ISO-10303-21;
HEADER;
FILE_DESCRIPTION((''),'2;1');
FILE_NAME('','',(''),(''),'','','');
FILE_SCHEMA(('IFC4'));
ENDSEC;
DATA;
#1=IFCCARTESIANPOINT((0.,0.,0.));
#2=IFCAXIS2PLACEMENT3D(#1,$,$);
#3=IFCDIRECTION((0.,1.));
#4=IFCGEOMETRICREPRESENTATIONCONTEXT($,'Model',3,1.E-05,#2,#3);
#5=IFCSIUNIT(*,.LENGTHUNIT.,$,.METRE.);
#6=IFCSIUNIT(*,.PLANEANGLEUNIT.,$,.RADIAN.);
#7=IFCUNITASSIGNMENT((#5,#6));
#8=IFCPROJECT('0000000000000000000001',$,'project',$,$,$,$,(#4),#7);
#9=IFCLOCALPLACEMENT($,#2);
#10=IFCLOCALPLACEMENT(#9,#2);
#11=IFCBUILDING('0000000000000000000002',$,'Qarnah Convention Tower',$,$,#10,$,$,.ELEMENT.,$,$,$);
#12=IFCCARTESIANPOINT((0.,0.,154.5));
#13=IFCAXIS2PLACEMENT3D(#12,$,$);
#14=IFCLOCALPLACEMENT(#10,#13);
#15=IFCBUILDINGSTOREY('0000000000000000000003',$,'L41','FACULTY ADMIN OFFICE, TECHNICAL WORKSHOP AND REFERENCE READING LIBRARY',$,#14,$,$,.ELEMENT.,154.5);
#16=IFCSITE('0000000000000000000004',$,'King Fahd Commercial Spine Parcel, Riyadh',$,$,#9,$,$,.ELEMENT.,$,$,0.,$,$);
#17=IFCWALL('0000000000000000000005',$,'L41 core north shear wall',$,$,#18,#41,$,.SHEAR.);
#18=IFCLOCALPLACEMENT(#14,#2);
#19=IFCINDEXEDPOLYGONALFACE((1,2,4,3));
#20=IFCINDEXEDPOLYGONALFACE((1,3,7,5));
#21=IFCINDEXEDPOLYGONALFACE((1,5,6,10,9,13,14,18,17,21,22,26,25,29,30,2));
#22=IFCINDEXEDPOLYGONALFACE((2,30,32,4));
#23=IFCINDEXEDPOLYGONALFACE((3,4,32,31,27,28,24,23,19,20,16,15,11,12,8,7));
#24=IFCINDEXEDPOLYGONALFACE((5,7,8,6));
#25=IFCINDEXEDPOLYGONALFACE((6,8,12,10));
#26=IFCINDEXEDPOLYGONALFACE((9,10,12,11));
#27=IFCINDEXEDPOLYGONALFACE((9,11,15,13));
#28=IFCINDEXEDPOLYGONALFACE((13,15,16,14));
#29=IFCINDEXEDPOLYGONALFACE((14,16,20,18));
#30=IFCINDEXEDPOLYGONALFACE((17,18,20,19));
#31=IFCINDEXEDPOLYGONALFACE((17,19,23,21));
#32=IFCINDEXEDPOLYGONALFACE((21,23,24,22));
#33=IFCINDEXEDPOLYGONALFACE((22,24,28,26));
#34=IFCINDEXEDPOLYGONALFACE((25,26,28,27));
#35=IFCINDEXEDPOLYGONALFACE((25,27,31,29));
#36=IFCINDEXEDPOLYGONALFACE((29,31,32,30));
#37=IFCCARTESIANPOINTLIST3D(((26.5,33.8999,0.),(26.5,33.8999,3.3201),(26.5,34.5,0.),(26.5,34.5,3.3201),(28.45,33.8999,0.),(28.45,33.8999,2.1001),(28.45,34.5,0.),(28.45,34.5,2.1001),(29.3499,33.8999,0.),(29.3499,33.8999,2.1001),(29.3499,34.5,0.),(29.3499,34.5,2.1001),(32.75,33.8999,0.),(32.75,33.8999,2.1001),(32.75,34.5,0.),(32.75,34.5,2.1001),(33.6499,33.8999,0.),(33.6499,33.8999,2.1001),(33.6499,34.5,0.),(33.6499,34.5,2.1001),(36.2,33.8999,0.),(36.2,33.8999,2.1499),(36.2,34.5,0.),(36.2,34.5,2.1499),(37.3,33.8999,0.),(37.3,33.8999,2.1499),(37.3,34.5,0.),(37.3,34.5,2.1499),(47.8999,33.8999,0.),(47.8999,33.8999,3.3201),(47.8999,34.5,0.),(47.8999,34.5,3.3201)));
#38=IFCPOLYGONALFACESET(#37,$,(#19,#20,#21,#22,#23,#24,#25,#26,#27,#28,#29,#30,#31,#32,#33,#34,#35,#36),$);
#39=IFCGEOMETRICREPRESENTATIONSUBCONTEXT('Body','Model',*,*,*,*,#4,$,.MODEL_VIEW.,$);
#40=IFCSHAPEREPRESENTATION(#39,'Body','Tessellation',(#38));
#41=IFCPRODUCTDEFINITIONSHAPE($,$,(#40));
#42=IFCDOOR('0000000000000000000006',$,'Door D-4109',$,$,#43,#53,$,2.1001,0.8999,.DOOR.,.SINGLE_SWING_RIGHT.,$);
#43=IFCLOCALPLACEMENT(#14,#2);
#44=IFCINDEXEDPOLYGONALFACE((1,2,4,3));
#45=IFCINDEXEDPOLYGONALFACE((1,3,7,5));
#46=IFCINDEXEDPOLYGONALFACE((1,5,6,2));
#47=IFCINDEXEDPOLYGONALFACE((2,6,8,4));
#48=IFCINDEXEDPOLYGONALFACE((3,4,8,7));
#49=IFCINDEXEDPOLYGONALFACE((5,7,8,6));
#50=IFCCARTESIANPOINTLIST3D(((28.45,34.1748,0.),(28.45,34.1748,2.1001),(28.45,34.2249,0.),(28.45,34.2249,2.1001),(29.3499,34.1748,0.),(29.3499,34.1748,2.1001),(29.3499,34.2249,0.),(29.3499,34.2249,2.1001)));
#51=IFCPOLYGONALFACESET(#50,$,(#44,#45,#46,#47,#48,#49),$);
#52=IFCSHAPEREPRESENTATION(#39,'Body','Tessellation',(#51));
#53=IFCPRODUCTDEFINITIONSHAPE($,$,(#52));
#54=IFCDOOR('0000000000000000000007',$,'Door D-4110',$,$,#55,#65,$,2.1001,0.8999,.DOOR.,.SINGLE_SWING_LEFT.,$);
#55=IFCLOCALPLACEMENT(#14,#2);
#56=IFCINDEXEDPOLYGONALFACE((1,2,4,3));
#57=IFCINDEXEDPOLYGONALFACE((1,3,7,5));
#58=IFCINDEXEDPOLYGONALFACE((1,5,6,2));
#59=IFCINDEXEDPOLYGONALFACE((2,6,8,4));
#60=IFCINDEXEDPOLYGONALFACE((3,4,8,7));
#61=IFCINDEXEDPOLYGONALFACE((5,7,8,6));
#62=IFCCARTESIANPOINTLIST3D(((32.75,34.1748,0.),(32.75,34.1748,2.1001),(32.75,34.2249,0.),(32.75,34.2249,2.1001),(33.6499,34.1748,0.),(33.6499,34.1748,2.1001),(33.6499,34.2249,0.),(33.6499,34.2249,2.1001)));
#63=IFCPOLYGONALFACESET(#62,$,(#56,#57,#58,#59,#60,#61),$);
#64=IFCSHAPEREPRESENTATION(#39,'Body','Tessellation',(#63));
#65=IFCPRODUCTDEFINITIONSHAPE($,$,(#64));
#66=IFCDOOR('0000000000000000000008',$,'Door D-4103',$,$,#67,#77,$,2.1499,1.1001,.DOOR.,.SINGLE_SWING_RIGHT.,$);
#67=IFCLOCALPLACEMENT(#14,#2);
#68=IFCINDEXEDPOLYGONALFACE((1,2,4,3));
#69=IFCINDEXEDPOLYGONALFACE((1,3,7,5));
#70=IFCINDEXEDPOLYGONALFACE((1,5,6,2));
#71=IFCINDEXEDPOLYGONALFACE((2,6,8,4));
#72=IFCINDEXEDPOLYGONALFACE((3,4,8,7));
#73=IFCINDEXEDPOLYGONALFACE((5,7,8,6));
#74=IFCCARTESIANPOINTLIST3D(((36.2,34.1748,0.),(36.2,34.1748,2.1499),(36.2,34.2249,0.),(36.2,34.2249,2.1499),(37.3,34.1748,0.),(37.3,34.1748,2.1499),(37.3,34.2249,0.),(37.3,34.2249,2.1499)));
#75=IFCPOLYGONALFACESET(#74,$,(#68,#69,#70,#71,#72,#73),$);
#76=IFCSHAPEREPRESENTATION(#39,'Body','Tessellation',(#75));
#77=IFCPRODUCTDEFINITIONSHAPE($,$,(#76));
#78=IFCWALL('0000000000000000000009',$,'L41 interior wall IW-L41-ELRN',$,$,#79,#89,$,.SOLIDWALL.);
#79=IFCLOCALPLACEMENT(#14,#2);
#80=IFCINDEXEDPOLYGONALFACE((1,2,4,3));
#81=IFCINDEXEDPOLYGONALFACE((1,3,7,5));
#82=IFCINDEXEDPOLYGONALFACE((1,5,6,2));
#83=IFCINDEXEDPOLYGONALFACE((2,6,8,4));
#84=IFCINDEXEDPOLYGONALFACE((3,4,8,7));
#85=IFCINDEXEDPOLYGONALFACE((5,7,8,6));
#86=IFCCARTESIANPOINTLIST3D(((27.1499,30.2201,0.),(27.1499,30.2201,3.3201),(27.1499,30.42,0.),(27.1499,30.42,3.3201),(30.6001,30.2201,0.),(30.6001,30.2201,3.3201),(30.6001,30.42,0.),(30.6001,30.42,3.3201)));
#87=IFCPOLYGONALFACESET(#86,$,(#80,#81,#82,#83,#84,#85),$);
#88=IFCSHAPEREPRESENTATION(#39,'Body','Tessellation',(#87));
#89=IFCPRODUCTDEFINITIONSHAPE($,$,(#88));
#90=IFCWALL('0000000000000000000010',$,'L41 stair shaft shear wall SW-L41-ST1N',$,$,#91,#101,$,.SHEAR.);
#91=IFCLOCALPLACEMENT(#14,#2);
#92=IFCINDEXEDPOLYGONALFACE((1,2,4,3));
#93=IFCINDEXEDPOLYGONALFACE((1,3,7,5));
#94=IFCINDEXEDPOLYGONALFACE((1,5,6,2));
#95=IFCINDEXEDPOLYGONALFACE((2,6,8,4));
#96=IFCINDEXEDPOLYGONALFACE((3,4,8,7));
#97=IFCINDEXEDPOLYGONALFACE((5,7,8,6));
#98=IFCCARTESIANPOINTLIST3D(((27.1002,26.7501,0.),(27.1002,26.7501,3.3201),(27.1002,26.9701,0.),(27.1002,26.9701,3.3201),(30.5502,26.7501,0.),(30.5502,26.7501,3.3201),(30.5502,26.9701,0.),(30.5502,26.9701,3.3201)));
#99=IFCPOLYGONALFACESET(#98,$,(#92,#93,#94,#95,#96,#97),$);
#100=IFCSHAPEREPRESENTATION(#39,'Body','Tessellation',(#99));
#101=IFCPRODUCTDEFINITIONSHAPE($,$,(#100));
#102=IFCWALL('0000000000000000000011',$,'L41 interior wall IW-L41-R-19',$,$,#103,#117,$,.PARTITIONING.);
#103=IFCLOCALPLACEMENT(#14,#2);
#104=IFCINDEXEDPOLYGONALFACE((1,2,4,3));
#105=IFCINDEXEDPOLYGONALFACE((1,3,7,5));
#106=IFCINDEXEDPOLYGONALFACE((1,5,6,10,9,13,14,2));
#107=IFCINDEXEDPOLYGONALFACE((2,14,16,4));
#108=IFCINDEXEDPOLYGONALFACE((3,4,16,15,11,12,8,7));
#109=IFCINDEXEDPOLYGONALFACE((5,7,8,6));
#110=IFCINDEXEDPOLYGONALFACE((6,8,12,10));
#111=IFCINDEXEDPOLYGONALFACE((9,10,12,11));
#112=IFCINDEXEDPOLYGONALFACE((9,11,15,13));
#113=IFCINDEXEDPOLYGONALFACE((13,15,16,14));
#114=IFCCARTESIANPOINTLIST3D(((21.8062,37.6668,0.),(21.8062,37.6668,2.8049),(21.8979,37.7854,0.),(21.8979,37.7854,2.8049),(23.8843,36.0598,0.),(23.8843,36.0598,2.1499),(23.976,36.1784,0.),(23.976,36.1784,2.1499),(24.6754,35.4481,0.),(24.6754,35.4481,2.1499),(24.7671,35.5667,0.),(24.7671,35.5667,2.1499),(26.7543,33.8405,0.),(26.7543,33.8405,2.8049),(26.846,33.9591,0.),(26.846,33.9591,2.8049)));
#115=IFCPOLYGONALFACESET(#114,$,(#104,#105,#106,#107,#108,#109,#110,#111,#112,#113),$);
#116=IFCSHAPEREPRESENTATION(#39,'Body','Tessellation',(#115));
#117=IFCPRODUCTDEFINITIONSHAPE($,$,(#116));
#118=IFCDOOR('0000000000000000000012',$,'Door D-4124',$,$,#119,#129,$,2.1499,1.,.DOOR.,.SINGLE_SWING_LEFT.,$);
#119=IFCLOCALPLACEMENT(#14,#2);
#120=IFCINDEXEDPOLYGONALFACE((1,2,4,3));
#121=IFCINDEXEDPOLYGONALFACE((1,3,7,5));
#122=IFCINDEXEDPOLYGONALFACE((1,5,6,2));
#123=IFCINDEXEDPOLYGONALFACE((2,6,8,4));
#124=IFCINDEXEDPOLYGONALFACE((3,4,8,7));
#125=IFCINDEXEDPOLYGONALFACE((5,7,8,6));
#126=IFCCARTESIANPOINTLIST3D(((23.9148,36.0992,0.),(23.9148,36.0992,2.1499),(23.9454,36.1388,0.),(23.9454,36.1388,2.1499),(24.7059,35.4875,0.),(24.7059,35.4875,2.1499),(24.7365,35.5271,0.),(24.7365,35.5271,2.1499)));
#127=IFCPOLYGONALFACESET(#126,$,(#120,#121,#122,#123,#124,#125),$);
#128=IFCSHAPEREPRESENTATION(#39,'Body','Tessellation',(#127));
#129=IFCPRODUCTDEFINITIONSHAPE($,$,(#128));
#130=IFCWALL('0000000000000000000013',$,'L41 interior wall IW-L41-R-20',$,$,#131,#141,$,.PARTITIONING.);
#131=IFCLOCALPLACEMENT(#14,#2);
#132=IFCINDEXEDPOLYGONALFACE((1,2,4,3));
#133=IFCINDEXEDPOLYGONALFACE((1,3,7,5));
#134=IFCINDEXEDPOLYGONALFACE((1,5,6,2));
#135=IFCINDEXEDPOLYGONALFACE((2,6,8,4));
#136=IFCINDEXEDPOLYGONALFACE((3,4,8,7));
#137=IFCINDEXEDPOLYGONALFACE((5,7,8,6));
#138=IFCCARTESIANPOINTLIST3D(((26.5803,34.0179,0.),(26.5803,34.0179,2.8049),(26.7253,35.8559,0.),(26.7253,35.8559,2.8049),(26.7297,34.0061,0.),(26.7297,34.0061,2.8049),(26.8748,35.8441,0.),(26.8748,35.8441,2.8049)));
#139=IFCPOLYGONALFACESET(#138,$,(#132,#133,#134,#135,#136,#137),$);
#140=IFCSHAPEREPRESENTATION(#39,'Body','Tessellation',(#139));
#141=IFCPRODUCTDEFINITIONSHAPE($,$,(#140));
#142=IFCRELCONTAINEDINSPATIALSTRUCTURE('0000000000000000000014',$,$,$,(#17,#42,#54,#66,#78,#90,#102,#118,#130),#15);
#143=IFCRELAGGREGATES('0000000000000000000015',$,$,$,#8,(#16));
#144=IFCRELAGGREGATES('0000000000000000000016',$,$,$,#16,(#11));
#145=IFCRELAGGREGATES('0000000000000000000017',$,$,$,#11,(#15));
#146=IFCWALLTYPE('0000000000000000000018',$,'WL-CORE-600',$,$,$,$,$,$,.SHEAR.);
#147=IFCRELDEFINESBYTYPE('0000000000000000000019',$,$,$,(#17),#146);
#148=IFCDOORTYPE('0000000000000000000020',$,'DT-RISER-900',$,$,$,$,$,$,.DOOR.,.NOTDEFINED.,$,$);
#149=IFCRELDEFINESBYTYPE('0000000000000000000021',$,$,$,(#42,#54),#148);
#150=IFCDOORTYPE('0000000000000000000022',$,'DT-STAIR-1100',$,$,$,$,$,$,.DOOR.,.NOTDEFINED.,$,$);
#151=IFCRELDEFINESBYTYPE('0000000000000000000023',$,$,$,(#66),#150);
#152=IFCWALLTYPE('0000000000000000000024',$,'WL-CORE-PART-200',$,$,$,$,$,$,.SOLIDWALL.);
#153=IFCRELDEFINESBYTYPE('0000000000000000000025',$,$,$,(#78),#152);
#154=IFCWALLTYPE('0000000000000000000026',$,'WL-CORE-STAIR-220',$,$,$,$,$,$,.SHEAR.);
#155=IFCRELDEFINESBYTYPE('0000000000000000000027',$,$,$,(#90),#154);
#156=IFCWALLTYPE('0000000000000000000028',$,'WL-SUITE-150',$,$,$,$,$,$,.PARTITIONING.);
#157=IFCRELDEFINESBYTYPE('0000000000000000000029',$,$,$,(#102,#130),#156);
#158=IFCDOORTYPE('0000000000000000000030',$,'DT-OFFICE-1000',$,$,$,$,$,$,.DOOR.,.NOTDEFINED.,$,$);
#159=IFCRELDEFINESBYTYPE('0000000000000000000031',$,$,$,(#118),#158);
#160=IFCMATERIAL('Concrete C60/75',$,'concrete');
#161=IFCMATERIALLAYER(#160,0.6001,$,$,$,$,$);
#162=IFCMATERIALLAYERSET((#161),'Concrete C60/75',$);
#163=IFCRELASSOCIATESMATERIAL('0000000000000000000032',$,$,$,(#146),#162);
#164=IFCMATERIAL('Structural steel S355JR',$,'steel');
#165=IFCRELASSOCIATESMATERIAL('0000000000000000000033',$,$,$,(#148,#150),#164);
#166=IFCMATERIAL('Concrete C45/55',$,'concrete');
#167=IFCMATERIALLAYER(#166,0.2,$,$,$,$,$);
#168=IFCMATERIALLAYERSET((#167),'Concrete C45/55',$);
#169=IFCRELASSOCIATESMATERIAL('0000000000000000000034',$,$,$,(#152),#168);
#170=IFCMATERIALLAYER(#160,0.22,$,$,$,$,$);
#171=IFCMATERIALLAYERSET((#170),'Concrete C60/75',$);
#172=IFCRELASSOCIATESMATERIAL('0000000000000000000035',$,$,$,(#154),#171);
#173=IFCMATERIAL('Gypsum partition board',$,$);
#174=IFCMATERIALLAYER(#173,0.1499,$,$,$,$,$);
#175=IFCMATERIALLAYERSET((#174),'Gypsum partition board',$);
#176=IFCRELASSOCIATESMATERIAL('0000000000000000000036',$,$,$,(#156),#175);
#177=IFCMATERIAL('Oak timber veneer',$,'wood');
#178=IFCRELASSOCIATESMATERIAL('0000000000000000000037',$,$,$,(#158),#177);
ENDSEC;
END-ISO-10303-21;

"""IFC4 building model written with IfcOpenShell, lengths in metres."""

from ifc_helpers import new_model, si_unit, direction, frame, frame_2d, origin, place, context, subcontext, project, spatial, rectangle, extrude, material, layer, layer_set, type_object, element, fill, save


model = new_model("IFC4")

# Units and contexts
model_context = context("Model", 3, precision=1e-05, world=origin(), true_north=direction((0.0, 1.0)))
body_context = subcontext(model_context, "Body", "Model", "MODEL_VIEW")
ifc_project = project(units=[si_unit("LENGTHUNIT", "METRE"), si_unit("PLANEANGLEUNIT", "RADIAN")], contexts=[model_context])

# Site, building, storey
site_placement = place(None, origin())
site = spatial("IfcSite", under=ifc_project, at=site_placement, Name="King Fahd Commercial Spine Parcel, Riyadh", CompositionType="ELEMENT", RefElevation=0.0)
building_placement = place(site_placement, origin())
building = spatial("IfcBuilding", under=site, at=building_placement, Name="Qarnah Convention Tower", CompositionType="ELEMENT")
storey_placement = place(building_placement, frame((0.0, 0.0, 154.5)))
storey = spatial("IfcBuildingStorey", under=building, at=storey_placement, Name="L41", Description="FACULTY ADMIN OFFICE, TECHNICAL WORKSHOP AND REFERENCE READING LIBRARY", CompositionType="ELEMENT", Elevation=154.5)

# Shared definitions
ifc_material_1 = material(Name="Concrete C60/75", Category="concrete")

# Shared definitions
ifc_material_2 = material(Name="Structural steel S355JR", Category="steel")

# Wall, openings, doors
ifc_layer_1 = layer(ifc_material_1, 0.6001)
ifc_layer_set_1 = layer_set([ifc_layer_1], Name="Concrete C60/75")
wall_type_1 = type_object("IfcWallType", Name="WL-CORE-600", PredefinedType="SHEAR", material=ifc_layer_set_1)
wall_1_placement = place(storey_placement, frame((26.5, 34.2, 0.0), z_axis=(0.0, 0.0, 1.0), x_axis=(1.0, 0.0, 0.0)))
wall_1 = element("IfcWall", 1, at=wall_1_placement, inside=storey, type_object=wall_type_1, Name="L41 core north shear wall", PredefinedType="SHEAR", context=body_context, shape_type="SweptSolid", body=[
    extrude(rectangle(XDim=21.3999, YDim=0.6001, at=frame_2d((10.7, 0.0))), origin(), (0.0, 0.0, 1.0), 3.3201),
])
opening_1_placement = place(wall_1_placement, frame((9.7, 0.0, 0.0)))
opening_1 = element("IfcOpeningElement", 2, at=opening_1_placement, cuts=wall_1, PredefinedType="OPENING", context=body_context, shape_type="SweptSolid", body=[
    extrude(rectangle(XDim=1.1001, YDim=2.1499, at=frame_2d((0.55, 1.075))), frame((0.0, 0.3101, 0.0), z_axis=(0.0, -1.0, 0.0), x_axis=(1.0, 0.0, 0.0)), (0.0, 0.0, 1.0), 0.6201),
])
opening_2_placement = place(wall_1_placement, frame((1.95, 0.0, 0.0)))
opening_2 = element("IfcOpeningElement", 3, at=opening_2_placement, cuts=wall_1, PredefinedType="OPENING", context=body_context, shape_type="SweptSolid", body=[
    extrude(rectangle(XDim=0.8999, YDim=2.1001, at=frame_2d((0.45, 1.05))), frame((0.0, 0.3101, 0.0), z_axis=(0.0, -1.0, 0.0), x_axis=(1.0, 0.0, 0.0)), (0.0, 0.0, 1.0), 0.6201),
])
opening_3_placement = place(wall_1_placement, frame((6.25, 0.0, 0.0)))
opening_3 = element("IfcOpeningElement", 4, at=opening_3_placement, cuts=wall_1, PredefinedType="OPENING", context=body_context, shape_type="SweptSolid", body=[
    extrude(rectangle(XDim=0.8999, YDim=2.1001, at=frame_2d((0.45, 1.05))), frame((0.0, 0.3101, 0.0), z_axis=(0.0, -1.0, 0.0), x_axis=(1.0, 0.0, 0.0)), (0.0, 0.0, 1.0), 0.6201),
])
door_type_1 = type_object("IfcDoorType", Name="DT-RISER-900", OperationType="NOTDEFINED", PredefinedType="DOOR", material=ifc_material_2)
door_1_placement = place(opening_2_placement, origin())
door_1 = element("IfcDoor", 5, at=door_1_placement, inside=storey, type_object=door_type_1, Name="Door D-4109", OperationType="SINGLE_SWING_RIGHT", OverallHeight=2.1001, OverallWidth=0.8999, PredefinedType="DOOR", context=body_context, shape_type="SweptSolid", body=[
    extrude(rectangle(XDim=0.8999, YDim=2.1001, at=frame_2d((0.45, 1.05))), frame((0.0, 0.0249, 0.0), z_axis=(0.0, -1.0, 0.0), x_axis=(1.0, 0.0, 0.0)), (0.0, 0.0, 1.0), 0.05),
])
fill(opening_2, door_1)
door_2_placement = place(opening_3_placement, origin())
door_2 = element("IfcDoor", 6, at=door_2_placement, inside=storey, type_object=door_type_1, Name="Door D-4110", OperationType="SINGLE_SWING_LEFT", OverallHeight=2.1001, OverallWidth=0.8999, PredefinedType="DOOR", context=body_context, shape_type="SweptSolid", body=[
    extrude(rectangle(XDim=0.8999, YDim=2.1001, at=frame_2d((0.45, 1.05))), frame((0.0, 0.0249, 0.0), z_axis=(0.0, -1.0, 0.0), x_axis=(1.0, 0.0, 0.0)), (0.0, 0.0, 1.0), 0.05),
])
fill(opening_3, door_2)
door_type_2 = type_object("IfcDoorType", Name="DT-STAIR-1100", OperationType="NOTDEFINED", PredefinedType="DOOR", material=ifc_material_2)
door_3_placement = place(opening_1_placement, origin())
door_3 = element("IfcDoor", 7, at=door_3_placement, inside=storey, type_object=door_type_2, Name="Door D-4103", OperationType="SINGLE_SWING_RIGHT", OverallHeight=2.1499, OverallWidth=1.1001, PredefinedType="DOOR", context=body_context, shape_type="SweptSolid", body=[
    extrude(rectangle(XDim=1.1001, YDim=2.1499, at=frame_2d((0.55, 1.075))), frame((0.0, 0.0249, 0.0), z_axis=(0.0, -1.0, 0.0), x_axis=(1.0, 0.0, 0.0)), (0.0, 0.0, 1.0), 0.05),
])
fill(opening_1, door_3)

# Walls
ifc_material_3 = material(Name="Concrete C45/55", Category="concrete")
ifc_layer_2 = layer(ifc_material_3, 0.2)
ifc_layer_set_2 = layer_set([ifc_layer_2], Name="Concrete C45/55")
wall_type_2 = type_object("IfcWallType", Name="WL-CORE-PART-200", PredefinedType="SOLIDWALL", material=ifc_layer_set_2)
wall_2_placement = place(storey_placement, frame((27.1499, 30.3201, 0.0), z_axis=(0.0, 0.0, 1.0), x_axis=(1.0, 0.0, 0.0)))
element("IfcWall", 8, at=wall_2_placement, inside=storey, type_object=wall_type_2, Name="L41 interior wall IW-L41-ELRN", PredefinedType="SOLIDWALL", context=body_context, shape_type="SweptSolid", body=[
    extrude(rectangle(XDim=3.4502, YDim=0.2, at=frame_2d((1.7251, 0.0))), origin(), (0.0, 0.0, 1.0), 3.3201),
])
ifc_layer_3 = layer(ifc_material_1, 0.22)
ifc_layer_set_3 = layer_set([ifc_layer_3], Name="Concrete C60/75")
wall_type_3 = type_object("IfcWallType", Name="WL-CORE-STAIR-220", PredefinedType="SHEAR", material=ifc_layer_set_3)
wall_3_placement = place(storey_placement, frame((27.1001, 26.8601, 0.0), z_axis=(0.0, 0.0, 1.0), x_axis=(1.0, 0.0, 0.0)))
element("IfcWall", 9, at=wall_3_placement, inside=storey, type_object=wall_type_3, Name="L41 stair shaft shear wall SW-L41-ST1N", PredefinedType="SHEAR", context=body_context, shape_type="SweptSolid", body=[
    extrude(rectangle(XDim=3.45, YDim=0.22, at=frame_2d((1.7251, 0.0))), origin(), (0.0, 0.0, 1.0), 3.3201),
])

# Wall, opening, door
ifc_material_4 = material(Name="Gypsum partition board")
ifc_layer_4 = layer(ifc_material_4, 0.1499)
ifc_layer_set_4 = layer_set([ifc_layer_4], Name="Gypsum partition board")
wall_type_4 = type_object("IfcWallType", Name="WL-SUITE-150", PredefinedType="PARTITIONING", material=ifc_layer_set_4)
wall_4_placement = place(storey_placement, frame((21.8521, 37.7261, 0.0), z_axis=(0.0, 0.0, 1.0), x_axis=(0.791075, -0.61172, 0.0)))
wall_4 = element("IfcWall", 10, at=wall_4_placement, inside=storey, type_object=wall_type_4, Name="L41 interior wall IW-L41-R-19", PredefinedType="PARTITIONING", context=body_context, shape_type="SweptSolid", body=[
    extrude(rectangle(XDim=6.2549, YDim=0.1499, at=frame_2d((3.1274, 0.0))), origin(), (0.0, 0.0, 1.0), 2.8049),
])
opening_4_placement = place(wall_4_placement, frame((2.627, 0.0, 0.0)))
opening_4 = element("IfcOpeningElement", 11, at=opening_4_placement, cuts=wall_4, PredefinedType="OPENING", context=body_context, shape_type="SweptSolid", body=[
    extrude(rectangle(XDim=1.0, YDim=2.1499, at=frame_2d((0.5, 1.075))), frame((0.0, 0.085, 0.0), z_axis=(0.0, -1.0, 0.0), x_axis=(1.0, 0.0, 0.0)), (0.0, 0.0, 1.0), 0.1699),
])
ifc_material_5 = material(Name="Oak timber veneer", Category="wood")
door_type_3 = type_object("IfcDoorType", Name="DT-OFFICE-1000", OperationType="NOTDEFINED", PredefinedType="DOOR", material=ifc_material_5)
door_4_placement = place(opening_4_placement, origin())
door_4 = element("IfcDoor", 12, at=door_4_placement, inside=storey, type_object=door_type_3, Name="Door D-4124", OperationType="SINGLE_SWING_LEFT", OverallHeight=2.1499, OverallWidth=1.0, PredefinedType="DOOR", context=body_context, shape_type="SweptSolid", body=[
    extrude(rectangle(XDim=1.0, YDim=2.1499, at=frame_2d((0.5, 1.075))), frame((0.0, 0.0249, 0.0), z_axis=(0.0, -1.0, 0.0), x_axis=(1.0, 0.0, 0.0)), (0.0, 0.0, 1.0), 0.05),
])
fill(opening_4, door_4)

# Wall
wall_5_placement = place(storey_placement, frame((26.655, 34.012, 0.0), z_axis=(0.0, 0.0, 1.0), x_axis=(0.078651, 0.996902, 0.0)))
element("IfcWall", 13, at=wall_5_placement, inside=storey, type_object=wall_type_4, Name="L41 interior wall IW-L41-R-20", PredefinedType="PARTITIONING", context=body_context, shape_type="SweptSolid", body=[
    extrude(rectangle(XDim=1.8438, YDim=0.1499, at=frame_2d((0.9219, 0.0))), origin(), (0.0, 0.0, 1.0), 2.8049),
])

save(model, "model.ifc")
